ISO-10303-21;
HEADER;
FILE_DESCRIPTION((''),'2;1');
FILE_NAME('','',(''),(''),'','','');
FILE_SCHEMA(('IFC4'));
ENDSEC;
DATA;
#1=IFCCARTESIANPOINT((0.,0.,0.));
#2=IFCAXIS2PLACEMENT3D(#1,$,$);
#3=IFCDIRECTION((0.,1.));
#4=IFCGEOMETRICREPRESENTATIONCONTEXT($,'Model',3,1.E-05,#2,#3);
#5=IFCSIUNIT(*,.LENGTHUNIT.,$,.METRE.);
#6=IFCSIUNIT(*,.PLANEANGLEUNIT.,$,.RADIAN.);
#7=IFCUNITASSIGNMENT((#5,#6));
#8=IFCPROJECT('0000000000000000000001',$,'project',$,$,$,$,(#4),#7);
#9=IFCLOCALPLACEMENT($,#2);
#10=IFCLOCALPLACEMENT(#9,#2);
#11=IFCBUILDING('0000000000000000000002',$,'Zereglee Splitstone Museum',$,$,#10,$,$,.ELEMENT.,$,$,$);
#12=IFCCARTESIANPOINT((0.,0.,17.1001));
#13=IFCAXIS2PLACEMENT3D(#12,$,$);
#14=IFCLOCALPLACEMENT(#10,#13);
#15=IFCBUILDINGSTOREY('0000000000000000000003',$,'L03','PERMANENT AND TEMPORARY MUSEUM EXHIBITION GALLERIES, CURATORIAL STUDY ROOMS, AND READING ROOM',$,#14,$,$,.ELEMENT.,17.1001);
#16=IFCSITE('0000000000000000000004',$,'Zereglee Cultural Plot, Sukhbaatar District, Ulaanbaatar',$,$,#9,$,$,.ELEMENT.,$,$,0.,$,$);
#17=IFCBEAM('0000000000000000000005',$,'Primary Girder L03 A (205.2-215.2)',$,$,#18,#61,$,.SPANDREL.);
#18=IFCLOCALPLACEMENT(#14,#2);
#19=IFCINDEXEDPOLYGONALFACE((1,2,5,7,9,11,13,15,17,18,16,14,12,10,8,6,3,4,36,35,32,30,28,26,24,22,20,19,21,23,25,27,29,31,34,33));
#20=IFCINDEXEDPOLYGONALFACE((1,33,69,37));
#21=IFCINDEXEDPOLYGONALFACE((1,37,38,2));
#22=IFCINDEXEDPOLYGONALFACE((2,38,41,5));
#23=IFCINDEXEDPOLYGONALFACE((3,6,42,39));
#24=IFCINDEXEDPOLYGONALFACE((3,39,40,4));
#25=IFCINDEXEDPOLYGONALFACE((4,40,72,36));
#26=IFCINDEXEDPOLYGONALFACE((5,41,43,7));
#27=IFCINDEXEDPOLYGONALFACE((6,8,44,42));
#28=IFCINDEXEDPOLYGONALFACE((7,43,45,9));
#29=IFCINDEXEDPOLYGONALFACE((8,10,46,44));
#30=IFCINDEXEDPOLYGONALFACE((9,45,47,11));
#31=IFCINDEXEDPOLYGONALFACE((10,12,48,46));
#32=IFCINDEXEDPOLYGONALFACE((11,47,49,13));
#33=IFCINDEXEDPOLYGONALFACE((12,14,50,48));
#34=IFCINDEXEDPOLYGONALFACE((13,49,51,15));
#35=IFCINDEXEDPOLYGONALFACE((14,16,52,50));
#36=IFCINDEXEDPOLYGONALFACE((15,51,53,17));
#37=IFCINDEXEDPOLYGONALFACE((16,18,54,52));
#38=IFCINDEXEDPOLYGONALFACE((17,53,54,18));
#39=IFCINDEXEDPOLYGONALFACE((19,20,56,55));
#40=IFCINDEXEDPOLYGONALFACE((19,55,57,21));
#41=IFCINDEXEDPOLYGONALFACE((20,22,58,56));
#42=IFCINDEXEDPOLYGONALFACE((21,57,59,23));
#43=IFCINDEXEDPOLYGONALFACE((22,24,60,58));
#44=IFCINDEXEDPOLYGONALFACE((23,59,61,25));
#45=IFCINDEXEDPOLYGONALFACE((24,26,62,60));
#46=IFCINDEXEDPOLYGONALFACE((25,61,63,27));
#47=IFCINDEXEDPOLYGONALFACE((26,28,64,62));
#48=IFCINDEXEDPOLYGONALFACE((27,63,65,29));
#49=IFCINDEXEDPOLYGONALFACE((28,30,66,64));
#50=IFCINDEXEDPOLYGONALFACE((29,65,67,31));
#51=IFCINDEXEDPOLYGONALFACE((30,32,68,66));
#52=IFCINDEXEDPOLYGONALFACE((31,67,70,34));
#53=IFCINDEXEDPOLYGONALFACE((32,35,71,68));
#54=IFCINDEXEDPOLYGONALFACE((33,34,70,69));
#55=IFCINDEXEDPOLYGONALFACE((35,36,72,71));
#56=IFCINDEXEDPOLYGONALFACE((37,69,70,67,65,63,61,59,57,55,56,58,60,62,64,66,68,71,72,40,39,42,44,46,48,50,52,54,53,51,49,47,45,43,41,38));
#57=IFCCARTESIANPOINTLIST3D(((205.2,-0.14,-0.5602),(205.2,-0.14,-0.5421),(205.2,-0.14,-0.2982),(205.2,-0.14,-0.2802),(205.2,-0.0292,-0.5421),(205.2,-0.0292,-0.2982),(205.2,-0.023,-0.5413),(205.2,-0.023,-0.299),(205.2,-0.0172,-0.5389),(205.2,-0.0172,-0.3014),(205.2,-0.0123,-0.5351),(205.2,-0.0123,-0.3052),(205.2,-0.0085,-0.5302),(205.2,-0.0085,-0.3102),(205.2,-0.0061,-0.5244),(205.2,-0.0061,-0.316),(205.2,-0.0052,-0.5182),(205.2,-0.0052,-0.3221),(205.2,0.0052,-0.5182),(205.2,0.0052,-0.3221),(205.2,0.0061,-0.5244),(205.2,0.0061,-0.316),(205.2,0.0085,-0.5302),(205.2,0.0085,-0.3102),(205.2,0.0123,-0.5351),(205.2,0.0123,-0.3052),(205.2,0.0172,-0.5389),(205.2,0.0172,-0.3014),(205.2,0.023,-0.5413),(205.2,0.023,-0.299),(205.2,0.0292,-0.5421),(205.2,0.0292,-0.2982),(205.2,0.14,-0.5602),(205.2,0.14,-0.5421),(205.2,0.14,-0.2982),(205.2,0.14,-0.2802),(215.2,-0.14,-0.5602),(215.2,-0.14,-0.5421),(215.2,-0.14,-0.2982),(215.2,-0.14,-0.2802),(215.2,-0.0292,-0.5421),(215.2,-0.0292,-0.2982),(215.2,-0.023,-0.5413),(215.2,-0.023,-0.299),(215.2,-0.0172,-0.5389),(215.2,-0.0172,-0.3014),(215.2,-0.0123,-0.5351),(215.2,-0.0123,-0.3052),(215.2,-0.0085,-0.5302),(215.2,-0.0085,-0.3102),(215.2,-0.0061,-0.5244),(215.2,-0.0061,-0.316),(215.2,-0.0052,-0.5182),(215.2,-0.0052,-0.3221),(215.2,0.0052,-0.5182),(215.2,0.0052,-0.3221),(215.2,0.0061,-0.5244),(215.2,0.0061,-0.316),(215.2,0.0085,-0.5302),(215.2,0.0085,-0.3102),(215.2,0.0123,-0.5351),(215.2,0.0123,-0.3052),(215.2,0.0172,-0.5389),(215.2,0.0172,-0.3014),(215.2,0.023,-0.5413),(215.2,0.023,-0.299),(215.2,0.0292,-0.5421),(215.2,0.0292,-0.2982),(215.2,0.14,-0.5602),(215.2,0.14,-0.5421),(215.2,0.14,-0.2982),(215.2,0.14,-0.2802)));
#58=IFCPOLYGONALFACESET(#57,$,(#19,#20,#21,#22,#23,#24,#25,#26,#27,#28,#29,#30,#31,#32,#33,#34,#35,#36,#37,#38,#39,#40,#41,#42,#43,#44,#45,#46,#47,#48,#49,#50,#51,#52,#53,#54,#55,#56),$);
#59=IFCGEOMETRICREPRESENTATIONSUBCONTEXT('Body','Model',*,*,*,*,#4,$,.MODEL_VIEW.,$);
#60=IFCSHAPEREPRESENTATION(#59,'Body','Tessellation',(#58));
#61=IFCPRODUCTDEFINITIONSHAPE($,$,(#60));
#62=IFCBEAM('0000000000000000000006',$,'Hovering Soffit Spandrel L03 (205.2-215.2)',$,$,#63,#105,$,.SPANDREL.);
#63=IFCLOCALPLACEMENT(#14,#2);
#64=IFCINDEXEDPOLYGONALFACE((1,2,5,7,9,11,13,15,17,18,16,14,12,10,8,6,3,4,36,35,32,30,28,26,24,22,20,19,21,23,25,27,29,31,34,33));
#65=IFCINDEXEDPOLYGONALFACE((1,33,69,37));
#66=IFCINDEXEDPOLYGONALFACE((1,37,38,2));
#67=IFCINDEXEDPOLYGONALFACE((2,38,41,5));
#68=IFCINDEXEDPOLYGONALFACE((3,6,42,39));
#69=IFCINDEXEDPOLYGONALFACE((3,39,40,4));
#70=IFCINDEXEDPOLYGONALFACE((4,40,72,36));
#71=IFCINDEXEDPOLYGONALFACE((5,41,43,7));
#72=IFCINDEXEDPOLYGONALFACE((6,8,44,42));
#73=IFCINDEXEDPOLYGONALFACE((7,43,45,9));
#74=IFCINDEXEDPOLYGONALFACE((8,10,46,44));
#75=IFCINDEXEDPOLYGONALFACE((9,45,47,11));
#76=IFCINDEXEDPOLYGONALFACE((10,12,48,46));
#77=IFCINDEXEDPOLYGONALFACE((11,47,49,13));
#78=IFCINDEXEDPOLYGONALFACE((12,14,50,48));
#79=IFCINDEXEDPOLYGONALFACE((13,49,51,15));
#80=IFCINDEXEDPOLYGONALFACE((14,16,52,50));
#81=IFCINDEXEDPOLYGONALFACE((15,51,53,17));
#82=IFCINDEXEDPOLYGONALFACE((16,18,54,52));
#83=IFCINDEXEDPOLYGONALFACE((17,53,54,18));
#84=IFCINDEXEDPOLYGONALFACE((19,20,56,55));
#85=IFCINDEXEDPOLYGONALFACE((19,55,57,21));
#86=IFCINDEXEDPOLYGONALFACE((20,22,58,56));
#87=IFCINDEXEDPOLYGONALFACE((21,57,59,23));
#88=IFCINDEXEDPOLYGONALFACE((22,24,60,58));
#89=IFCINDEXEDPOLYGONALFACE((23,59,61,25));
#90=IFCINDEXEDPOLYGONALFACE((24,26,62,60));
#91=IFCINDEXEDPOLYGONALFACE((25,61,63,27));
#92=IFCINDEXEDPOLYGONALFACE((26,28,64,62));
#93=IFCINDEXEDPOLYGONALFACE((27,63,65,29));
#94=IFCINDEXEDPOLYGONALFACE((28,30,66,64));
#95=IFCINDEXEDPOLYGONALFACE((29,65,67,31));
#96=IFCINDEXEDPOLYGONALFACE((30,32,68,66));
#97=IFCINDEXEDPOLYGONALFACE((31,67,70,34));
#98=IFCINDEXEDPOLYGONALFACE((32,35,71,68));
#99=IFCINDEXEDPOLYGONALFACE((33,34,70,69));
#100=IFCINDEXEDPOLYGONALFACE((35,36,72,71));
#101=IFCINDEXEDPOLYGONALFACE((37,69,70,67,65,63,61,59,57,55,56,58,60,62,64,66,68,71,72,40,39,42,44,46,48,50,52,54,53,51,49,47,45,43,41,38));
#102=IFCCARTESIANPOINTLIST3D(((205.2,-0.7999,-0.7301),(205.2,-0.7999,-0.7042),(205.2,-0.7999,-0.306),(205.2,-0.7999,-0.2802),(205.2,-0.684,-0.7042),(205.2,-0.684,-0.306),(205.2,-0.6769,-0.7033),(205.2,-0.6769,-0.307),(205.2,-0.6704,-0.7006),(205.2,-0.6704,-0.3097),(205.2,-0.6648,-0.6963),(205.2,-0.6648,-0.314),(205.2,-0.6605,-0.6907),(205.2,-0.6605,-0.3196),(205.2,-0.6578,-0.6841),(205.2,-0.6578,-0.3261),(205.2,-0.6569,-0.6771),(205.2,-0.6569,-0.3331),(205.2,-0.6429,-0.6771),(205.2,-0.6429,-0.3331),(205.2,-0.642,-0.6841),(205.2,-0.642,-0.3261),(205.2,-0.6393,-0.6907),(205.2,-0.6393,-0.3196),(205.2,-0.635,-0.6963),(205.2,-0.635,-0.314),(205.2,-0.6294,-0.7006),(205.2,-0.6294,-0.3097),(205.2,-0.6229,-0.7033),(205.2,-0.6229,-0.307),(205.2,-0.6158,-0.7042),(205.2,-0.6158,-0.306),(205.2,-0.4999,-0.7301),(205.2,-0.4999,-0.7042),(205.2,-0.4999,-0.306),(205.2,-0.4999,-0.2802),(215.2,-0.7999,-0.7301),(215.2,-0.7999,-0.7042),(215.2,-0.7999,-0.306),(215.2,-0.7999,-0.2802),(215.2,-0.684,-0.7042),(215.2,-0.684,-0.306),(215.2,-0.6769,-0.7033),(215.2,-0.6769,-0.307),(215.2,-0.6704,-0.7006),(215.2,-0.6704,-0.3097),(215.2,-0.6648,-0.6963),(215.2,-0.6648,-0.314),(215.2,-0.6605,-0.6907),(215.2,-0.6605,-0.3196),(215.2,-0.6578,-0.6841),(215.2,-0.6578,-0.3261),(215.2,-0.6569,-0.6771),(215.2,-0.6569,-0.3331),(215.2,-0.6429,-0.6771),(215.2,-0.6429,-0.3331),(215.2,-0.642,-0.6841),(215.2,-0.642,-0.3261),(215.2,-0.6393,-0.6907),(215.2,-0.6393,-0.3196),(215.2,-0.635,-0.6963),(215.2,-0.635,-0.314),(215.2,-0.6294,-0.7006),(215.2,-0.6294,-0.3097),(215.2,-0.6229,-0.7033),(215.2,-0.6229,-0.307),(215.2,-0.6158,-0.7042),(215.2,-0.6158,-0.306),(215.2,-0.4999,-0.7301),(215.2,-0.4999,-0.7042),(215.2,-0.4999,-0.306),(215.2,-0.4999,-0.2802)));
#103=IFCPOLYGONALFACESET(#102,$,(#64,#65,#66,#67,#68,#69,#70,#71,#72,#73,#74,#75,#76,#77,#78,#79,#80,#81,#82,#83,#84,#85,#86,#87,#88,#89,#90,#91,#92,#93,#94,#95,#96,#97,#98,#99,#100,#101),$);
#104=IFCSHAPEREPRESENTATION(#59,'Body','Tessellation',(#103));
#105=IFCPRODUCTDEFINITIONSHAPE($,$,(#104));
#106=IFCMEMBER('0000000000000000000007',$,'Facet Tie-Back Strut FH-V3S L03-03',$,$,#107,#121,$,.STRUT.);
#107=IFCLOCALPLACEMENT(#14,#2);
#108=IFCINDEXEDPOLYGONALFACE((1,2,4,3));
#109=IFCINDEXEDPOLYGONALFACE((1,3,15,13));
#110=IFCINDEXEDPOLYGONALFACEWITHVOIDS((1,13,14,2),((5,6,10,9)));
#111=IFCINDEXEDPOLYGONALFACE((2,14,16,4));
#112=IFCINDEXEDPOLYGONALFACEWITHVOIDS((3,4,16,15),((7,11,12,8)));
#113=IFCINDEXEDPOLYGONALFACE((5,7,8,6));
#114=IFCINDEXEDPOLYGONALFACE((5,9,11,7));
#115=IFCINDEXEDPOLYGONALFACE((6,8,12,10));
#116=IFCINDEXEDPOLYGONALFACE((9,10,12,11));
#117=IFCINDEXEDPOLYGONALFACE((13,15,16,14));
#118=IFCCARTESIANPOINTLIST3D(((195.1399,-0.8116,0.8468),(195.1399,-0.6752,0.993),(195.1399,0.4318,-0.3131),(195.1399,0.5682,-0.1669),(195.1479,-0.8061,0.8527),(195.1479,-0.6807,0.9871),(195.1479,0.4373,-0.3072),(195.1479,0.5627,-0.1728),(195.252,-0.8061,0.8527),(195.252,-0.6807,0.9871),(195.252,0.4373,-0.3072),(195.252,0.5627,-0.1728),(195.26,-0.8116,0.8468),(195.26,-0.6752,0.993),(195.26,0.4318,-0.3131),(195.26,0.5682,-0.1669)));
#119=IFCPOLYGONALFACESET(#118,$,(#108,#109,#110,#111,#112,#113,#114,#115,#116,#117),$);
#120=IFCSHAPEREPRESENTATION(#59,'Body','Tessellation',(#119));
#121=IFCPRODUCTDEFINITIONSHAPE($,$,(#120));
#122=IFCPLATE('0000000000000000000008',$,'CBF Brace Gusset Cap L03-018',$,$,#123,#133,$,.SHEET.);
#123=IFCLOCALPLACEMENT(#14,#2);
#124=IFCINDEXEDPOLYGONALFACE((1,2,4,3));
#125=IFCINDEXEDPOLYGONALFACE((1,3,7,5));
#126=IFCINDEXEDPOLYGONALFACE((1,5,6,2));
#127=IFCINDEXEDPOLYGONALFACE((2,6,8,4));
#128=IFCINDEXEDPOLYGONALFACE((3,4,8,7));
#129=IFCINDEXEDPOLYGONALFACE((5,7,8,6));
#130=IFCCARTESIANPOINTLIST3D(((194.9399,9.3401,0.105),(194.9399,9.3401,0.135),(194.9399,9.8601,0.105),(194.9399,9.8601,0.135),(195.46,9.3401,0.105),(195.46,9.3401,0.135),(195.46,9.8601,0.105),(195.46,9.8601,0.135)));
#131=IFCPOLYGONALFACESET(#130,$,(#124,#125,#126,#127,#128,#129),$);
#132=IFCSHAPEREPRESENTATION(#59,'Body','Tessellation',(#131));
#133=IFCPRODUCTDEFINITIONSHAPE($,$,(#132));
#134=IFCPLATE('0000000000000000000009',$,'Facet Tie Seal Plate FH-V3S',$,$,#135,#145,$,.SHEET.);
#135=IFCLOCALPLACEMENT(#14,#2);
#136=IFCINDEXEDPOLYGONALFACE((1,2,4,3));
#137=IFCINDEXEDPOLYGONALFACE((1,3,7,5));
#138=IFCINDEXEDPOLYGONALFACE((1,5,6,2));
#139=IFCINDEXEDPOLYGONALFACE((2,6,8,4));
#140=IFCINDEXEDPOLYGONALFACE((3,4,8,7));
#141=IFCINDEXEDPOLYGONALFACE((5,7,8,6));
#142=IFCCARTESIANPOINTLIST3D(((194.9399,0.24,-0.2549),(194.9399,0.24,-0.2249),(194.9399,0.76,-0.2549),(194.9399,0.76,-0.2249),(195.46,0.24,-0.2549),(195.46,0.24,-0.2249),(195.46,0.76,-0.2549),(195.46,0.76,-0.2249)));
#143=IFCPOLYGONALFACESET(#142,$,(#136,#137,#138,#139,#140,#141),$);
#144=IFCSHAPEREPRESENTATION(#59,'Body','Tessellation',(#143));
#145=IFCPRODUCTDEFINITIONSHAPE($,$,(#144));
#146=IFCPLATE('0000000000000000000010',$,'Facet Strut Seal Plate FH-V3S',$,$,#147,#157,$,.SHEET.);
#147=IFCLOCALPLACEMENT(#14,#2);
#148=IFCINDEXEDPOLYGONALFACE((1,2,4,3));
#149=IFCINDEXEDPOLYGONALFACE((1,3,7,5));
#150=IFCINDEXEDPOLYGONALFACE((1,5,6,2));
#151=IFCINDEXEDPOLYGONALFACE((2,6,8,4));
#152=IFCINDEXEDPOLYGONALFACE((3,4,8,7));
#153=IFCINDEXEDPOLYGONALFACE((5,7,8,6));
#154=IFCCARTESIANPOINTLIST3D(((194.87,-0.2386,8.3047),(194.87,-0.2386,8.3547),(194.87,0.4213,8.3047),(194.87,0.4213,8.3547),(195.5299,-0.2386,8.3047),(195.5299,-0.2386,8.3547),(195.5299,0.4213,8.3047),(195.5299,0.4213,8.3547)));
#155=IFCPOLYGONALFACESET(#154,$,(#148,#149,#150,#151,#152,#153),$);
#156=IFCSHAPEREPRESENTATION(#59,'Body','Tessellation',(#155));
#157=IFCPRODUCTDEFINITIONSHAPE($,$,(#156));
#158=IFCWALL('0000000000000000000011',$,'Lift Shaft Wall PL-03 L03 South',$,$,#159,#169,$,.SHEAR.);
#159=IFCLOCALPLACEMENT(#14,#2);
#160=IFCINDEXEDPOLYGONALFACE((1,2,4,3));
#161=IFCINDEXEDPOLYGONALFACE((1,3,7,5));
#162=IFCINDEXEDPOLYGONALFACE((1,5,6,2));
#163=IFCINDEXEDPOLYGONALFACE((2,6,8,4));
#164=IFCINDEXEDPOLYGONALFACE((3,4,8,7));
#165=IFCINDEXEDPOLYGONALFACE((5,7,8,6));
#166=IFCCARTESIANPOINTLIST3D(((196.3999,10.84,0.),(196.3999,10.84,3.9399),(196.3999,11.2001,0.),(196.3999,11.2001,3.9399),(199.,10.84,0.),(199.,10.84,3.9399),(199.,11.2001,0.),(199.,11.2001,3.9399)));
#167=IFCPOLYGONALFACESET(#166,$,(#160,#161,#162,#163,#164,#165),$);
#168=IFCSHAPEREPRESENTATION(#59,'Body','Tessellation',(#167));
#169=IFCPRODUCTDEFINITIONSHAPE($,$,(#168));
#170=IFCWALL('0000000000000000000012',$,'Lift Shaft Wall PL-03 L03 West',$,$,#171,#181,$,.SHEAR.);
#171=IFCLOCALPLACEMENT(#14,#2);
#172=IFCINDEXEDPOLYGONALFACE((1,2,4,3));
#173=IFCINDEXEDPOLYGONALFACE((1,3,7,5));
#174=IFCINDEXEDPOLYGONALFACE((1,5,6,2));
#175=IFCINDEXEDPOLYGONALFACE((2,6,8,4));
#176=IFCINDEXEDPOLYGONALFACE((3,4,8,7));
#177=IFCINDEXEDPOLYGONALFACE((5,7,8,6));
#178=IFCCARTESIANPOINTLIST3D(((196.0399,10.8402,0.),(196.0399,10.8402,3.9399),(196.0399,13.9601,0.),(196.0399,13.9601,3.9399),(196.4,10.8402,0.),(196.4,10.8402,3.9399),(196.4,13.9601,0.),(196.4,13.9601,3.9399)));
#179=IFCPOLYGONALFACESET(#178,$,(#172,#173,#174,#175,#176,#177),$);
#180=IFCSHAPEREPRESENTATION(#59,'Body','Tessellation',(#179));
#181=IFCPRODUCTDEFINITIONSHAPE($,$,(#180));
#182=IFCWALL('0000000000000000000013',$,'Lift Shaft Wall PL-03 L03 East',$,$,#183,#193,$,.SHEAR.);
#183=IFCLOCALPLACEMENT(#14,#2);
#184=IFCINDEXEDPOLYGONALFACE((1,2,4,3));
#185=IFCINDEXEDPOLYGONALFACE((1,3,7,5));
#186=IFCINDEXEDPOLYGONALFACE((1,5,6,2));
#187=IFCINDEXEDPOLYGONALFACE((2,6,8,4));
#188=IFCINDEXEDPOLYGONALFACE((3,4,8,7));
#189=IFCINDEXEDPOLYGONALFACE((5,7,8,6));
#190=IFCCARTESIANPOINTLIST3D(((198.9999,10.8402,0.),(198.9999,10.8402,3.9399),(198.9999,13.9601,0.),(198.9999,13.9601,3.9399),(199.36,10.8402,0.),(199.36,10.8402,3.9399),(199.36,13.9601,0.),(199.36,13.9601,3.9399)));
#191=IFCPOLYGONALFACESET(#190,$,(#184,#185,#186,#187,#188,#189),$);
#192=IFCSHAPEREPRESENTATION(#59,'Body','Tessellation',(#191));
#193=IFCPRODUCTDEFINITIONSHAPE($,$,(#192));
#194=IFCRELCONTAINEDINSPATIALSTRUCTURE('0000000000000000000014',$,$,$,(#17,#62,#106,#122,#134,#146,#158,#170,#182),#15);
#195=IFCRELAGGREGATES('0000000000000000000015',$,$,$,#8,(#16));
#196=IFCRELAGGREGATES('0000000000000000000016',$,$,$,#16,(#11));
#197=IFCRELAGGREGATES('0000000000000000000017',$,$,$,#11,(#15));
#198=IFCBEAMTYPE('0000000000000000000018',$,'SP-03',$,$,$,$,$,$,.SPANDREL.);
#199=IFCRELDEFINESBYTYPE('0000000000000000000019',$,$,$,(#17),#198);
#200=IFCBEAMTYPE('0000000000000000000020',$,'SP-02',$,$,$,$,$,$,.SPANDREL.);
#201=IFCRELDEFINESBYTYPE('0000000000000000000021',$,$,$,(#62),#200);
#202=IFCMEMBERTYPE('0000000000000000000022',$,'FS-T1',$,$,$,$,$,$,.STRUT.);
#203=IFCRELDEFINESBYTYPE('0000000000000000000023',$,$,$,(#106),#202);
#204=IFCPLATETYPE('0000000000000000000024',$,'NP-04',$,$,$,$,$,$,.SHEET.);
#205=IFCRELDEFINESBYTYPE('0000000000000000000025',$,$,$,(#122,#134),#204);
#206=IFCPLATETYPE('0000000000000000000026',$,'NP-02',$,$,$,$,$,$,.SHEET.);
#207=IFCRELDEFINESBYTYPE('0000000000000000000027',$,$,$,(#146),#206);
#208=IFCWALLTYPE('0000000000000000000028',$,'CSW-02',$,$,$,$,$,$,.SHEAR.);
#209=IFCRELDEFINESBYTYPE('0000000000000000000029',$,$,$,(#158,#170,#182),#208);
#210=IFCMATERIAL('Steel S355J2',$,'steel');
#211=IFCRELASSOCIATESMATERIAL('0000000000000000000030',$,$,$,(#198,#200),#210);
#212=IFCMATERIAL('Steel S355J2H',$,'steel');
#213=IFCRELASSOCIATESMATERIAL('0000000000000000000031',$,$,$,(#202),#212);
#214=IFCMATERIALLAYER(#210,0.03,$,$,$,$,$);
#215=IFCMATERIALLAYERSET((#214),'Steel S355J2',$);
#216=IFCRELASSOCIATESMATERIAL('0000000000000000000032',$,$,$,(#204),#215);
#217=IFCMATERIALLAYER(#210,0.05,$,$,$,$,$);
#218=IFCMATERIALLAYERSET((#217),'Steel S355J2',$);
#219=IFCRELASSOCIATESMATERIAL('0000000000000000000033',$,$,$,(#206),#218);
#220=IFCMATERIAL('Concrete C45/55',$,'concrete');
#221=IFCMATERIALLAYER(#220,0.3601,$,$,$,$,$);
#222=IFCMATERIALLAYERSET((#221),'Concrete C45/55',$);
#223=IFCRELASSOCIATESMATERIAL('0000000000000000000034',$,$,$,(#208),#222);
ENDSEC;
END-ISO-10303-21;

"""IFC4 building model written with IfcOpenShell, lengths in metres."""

from ifc_helpers import new_model, si_unit, direction, frame, frame_2d, origin, origin_2d, place, context, subcontext, project, spatial, rectangle, hollow_rectangle, i_section, extrude, material, layer, layer_set, material_profile, profile_set, type_object, element, save


model = new_model("IFC4")

# Units and contexts
model_context = context("Model", 3, precision=1e-05, world=origin(), true_north=direction((0.0, 1.0)))
body_context = subcontext(model_context, "Body", "Model", "MODEL_VIEW")
ifc_project = project(units=[si_unit("LENGTHUNIT", "METRE"), si_unit("PLANEANGLEUNIT", "RADIAN")], contexts=[model_context])

# Site, building, storey
site_placement = place(None, origin())
site = spatial("IfcSite", under=ifc_project, at=site_placement, Name="Zereglee Cultural Plot, Sukhbaatar District, Ulaanbaatar", CompositionType="ELEMENT", RefElevation=0.0)
building_placement = place(site_placement, origin())
building = spatial("IfcBuilding", under=site, at=building_placement, Name="Zereglee Splitstone Museum", CompositionType="ELEMENT")
storey_placement = place(building_placement, frame((0.0, 0.0, 17.1001)))
storey = spatial("IfcBuildingStorey", under=building, at=storey_placement, Name="L03", Description="PERMANENT AND TEMPORARY MUSEUM EXHIBITION GALLERIES, CURATORIAL STUDY ROOMS, AND READING ROOM", CompositionType="ELEMENT", Elevation=17.1001)

# Shared definitions
ifc_material_1 = material(Name="Steel S355J2H", Category="steel")

# Beams
ifc_material_2 = material(Name="Steel S355J2", Category="steel")
ifc_material_profile_1 = material_profile(ifc_material_2, i_section(OverallWidth=0.28, OverallDepth=0.28, WebThickness=0.0105, FlangeThickness=0.0181, FilletRadius=0.0239, at=origin_2d()), Name="HE 280 B")
ifc_profile_set_1 = profile_set([ifc_material_profile_1], Name="Steel S355J2")
beam_type_1 = type_object("IfcBeamType", Name="SP-03", PredefinedType="SPANDREL", material=ifc_profile_set_1)
beam_1_placement = place(storey_placement, frame((205.2, 0.0, -0.4202), z_axis=(1.0, 0.0, 0.0), x_axis=(0.0, 1.0, 0.0)))
element("IfcBeam", 1, at=beam_1_placement, inside=storey, type_object=beam_type_1, Name="Primary Girder L03 A (205.2-215.2)", PredefinedType="SPANDREL", context=body_context, shape_type="SweptSolid", body=[
    extrude(i_section(OverallWidth=0.28, OverallDepth=0.28, WebThickness=0.0105, FlangeThickness=0.0181, FilletRadius=0.0239, at=origin_2d()), origin(), (0.0, 0.0, 1.0), 10.0),
])
ifc_material_profile_2 = material_profile(ifc_material_2, i_section(OverallWidth=0.3, OverallDepth=0.45, WebThickness=0.0139, FlangeThickness=0.0259, FilletRadius=0.0271, at=origin_2d()), Name="HE 450 B")
ifc_profile_set_2 = profile_set([ifc_material_profile_2], Name="Steel S355J2")
beam_type_2 = type_object("IfcBeamType", Name="SP-02", PredefinedType="SPANDREL", material=ifc_profile_set_2)
beam_2_placement = place(storey_placement, frame((205.2, -0.6499, -0.5051), z_axis=(1.0, 0.0, 0.0), x_axis=(0.0, 1.0, 0.0)))
element("IfcBeam", 2, at=beam_2_placement, inside=storey, type_object=beam_type_2, Name="Hovering Soffit Spandrel L03 (205.2-215.2)", PredefinedType="SPANDREL", context=body_context, shape_type="SweptSolid", body=[
    extrude(i_section(OverallWidth=0.3, OverallDepth=0.45, WebThickness=0.0139, FlangeThickness=0.0259, FilletRadius=0.0271, at=origin_2d()), origin(), (0.0, 0.0, 1.0), 10.0),
])

# Member
ifc_material_profile_3 = material_profile(ifc_material_1, hollow_rectangle(XDim=0.1201, YDim=0.2, WallThickness=0.0081, at=origin_2d()), Name="RHS 200x120x8")
ifc_profile_set_3 = profile_set([ifc_material_profile_3], Name="Steel S355J2H")
member_type = type_object("IfcMemberType", Name="FS-T1", PredefinedType="STRUT", material=ifc_profile_set_3)
member_placement = place(storey_placement, frame((195.2, 0.5, -0.24), z_axis=(0.0, -0.731232, 0.682129), x_axis=(1.0, 0.0, 0.0)))
element("IfcMember", 3, at=member_placement, inside=storey, type_object=member_type, Name="Facet Tie-Back Strut FH-V3S L03-03", PredefinedType="STRUT", context=body_context, shape_type="SweptSolid", body=[
    extrude(hollow_rectangle(XDim=0.1201, YDim=0.2, WallThickness=0.0081, at=origin_2d()), origin(), (0.0, 0.0, 1.0), 1.7004),
])

# Plates
ifc_layer_1 = layer(ifc_material_2, 0.03)
ifc_layer_set_1 = layer_set([ifc_layer_1], Name="Steel S355J2")
plate_type_1 = type_object("IfcPlateType", Name="NP-04", PredefinedType="SHEET", material=ifc_layer_set_1)
for number, where, z_axis, x_axis, name in (
    (4, (195.2, 9.6001, 0.105), (0.0, 0.0, 1.0), (1.0, 0.0, 0.0), "CBF Brace Gusset Cap L03-018"),
    (5, (195.2, 0.5, -0.2549), (0.0, 0.0, 1.0), (1.0, 0.0, 0.0), "Facet Tie Seal Plate FH-V3S"),
):
    element("IfcPlate", number, at=place(storey_placement, frame(where, z_axis=z_axis, x_axis=x_axis)), inside=storey, type_object=plate_type_1, Name=name, PredefinedType="SHEET", context=body_context, shape_type="SweptSolid", body=[
        extrude(rectangle(XDim=0.52, YDim=0.52, at=origin_2d()), origin(), (0.0, 0.0, 1.0), 0.03),
    ])
ifc_layer_2 = layer(ifc_material_2, 0.05)
ifc_layer_set_2 = layer_set([ifc_layer_2], Name="Steel S355J2")
plate_type_2 = type_object("IfcPlateType", Name="NP-02", PredefinedType="SHEET", material=ifc_layer_set_2)
plate_placement = place(storey_placement, frame((195.2, 0.0913, 8.3047), z_axis=(0.0, 0.0, 1.0), x_axis=(1.0, 0.0, 0.0)))
element("IfcPlate", 6, at=plate_placement, inside=storey, type_object=plate_type_2, Name="Facet Strut Seal Plate FH-V3S", PredefinedType="SHEET", context=body_context, shape_type="SweptSolid", body=[
    extrude(rectangle(XDim=0.6599, YDim=0.6599, at=origin_2d()), origin(), (0.0, 0.0, 1.0), 0.05),
])

# Shared definitions
ifc_material_3 = material(Name="Concrete C45/55", Category="concrete")
ifc_layer_3 = layer(ifc_material_3, 0.3601)
ifc_layer_set_3 = layer_set([ifc_layer_3], Name="Concrete C45/55")
wall_type_1 = type_object("IfcWallType", Name="CSW-02", PredefinedType="SHEAR", material=ifc_layer_set_3)

# Walls
wall_1_placement = place(storey_placement, frame((196.3999, 11.02, 0.0), z_axis=(0.0, 0.0, 1.0), x_axis=(1.0, 0.0, 0.0)))
element("IfcWall", 7, at=wall_1_placement, inside=storey, type_object=wall_type_1, Name="Lift Shaft Wall PL-03 L03 South", PredefinedType="SHEAR", context=body_context, shape_type="SweptSolid", body=[
    extrude(rectangle(XDim=2.6001, YDim=0.3601, at=frame_2d((1.3, 0.0))), origin(), (0.0, 0.0, 1.0), 3.9399),
])
for number, where, z_axis, x_axis, name in (
    (8, (196.22, 10.8401, 0.0), (0.0, 0.0, 1.0), (0.0, 1.0, 0.0), "Lift Shaft Wall PL-03 L03 West"),
    (9, (199.1799, 10.8401, 0.0), (0.0, 0.0, 1.0), (0.0, 1.0, 0.0), "Lift Shaft Wall PL-03 L03 East"),
):
    element("IfcWall", number, at=place(storey_placement, frame(where, z_axis=z_axis, x_axis=x_axis)), inside=storey, type_object=wall_type_1, Name=name, PredefinedType="SHEAR", context=body_context, shape_type="SweptSolid", body=[
        extrude(rectangle(XDim=3.1199, YDim=0.3601, at=frame_2d((1.5601, 0.0))), origin(), (0.0, 0.0, 1.0), 3.9399),
    ])

save(model, "model.ifc")
